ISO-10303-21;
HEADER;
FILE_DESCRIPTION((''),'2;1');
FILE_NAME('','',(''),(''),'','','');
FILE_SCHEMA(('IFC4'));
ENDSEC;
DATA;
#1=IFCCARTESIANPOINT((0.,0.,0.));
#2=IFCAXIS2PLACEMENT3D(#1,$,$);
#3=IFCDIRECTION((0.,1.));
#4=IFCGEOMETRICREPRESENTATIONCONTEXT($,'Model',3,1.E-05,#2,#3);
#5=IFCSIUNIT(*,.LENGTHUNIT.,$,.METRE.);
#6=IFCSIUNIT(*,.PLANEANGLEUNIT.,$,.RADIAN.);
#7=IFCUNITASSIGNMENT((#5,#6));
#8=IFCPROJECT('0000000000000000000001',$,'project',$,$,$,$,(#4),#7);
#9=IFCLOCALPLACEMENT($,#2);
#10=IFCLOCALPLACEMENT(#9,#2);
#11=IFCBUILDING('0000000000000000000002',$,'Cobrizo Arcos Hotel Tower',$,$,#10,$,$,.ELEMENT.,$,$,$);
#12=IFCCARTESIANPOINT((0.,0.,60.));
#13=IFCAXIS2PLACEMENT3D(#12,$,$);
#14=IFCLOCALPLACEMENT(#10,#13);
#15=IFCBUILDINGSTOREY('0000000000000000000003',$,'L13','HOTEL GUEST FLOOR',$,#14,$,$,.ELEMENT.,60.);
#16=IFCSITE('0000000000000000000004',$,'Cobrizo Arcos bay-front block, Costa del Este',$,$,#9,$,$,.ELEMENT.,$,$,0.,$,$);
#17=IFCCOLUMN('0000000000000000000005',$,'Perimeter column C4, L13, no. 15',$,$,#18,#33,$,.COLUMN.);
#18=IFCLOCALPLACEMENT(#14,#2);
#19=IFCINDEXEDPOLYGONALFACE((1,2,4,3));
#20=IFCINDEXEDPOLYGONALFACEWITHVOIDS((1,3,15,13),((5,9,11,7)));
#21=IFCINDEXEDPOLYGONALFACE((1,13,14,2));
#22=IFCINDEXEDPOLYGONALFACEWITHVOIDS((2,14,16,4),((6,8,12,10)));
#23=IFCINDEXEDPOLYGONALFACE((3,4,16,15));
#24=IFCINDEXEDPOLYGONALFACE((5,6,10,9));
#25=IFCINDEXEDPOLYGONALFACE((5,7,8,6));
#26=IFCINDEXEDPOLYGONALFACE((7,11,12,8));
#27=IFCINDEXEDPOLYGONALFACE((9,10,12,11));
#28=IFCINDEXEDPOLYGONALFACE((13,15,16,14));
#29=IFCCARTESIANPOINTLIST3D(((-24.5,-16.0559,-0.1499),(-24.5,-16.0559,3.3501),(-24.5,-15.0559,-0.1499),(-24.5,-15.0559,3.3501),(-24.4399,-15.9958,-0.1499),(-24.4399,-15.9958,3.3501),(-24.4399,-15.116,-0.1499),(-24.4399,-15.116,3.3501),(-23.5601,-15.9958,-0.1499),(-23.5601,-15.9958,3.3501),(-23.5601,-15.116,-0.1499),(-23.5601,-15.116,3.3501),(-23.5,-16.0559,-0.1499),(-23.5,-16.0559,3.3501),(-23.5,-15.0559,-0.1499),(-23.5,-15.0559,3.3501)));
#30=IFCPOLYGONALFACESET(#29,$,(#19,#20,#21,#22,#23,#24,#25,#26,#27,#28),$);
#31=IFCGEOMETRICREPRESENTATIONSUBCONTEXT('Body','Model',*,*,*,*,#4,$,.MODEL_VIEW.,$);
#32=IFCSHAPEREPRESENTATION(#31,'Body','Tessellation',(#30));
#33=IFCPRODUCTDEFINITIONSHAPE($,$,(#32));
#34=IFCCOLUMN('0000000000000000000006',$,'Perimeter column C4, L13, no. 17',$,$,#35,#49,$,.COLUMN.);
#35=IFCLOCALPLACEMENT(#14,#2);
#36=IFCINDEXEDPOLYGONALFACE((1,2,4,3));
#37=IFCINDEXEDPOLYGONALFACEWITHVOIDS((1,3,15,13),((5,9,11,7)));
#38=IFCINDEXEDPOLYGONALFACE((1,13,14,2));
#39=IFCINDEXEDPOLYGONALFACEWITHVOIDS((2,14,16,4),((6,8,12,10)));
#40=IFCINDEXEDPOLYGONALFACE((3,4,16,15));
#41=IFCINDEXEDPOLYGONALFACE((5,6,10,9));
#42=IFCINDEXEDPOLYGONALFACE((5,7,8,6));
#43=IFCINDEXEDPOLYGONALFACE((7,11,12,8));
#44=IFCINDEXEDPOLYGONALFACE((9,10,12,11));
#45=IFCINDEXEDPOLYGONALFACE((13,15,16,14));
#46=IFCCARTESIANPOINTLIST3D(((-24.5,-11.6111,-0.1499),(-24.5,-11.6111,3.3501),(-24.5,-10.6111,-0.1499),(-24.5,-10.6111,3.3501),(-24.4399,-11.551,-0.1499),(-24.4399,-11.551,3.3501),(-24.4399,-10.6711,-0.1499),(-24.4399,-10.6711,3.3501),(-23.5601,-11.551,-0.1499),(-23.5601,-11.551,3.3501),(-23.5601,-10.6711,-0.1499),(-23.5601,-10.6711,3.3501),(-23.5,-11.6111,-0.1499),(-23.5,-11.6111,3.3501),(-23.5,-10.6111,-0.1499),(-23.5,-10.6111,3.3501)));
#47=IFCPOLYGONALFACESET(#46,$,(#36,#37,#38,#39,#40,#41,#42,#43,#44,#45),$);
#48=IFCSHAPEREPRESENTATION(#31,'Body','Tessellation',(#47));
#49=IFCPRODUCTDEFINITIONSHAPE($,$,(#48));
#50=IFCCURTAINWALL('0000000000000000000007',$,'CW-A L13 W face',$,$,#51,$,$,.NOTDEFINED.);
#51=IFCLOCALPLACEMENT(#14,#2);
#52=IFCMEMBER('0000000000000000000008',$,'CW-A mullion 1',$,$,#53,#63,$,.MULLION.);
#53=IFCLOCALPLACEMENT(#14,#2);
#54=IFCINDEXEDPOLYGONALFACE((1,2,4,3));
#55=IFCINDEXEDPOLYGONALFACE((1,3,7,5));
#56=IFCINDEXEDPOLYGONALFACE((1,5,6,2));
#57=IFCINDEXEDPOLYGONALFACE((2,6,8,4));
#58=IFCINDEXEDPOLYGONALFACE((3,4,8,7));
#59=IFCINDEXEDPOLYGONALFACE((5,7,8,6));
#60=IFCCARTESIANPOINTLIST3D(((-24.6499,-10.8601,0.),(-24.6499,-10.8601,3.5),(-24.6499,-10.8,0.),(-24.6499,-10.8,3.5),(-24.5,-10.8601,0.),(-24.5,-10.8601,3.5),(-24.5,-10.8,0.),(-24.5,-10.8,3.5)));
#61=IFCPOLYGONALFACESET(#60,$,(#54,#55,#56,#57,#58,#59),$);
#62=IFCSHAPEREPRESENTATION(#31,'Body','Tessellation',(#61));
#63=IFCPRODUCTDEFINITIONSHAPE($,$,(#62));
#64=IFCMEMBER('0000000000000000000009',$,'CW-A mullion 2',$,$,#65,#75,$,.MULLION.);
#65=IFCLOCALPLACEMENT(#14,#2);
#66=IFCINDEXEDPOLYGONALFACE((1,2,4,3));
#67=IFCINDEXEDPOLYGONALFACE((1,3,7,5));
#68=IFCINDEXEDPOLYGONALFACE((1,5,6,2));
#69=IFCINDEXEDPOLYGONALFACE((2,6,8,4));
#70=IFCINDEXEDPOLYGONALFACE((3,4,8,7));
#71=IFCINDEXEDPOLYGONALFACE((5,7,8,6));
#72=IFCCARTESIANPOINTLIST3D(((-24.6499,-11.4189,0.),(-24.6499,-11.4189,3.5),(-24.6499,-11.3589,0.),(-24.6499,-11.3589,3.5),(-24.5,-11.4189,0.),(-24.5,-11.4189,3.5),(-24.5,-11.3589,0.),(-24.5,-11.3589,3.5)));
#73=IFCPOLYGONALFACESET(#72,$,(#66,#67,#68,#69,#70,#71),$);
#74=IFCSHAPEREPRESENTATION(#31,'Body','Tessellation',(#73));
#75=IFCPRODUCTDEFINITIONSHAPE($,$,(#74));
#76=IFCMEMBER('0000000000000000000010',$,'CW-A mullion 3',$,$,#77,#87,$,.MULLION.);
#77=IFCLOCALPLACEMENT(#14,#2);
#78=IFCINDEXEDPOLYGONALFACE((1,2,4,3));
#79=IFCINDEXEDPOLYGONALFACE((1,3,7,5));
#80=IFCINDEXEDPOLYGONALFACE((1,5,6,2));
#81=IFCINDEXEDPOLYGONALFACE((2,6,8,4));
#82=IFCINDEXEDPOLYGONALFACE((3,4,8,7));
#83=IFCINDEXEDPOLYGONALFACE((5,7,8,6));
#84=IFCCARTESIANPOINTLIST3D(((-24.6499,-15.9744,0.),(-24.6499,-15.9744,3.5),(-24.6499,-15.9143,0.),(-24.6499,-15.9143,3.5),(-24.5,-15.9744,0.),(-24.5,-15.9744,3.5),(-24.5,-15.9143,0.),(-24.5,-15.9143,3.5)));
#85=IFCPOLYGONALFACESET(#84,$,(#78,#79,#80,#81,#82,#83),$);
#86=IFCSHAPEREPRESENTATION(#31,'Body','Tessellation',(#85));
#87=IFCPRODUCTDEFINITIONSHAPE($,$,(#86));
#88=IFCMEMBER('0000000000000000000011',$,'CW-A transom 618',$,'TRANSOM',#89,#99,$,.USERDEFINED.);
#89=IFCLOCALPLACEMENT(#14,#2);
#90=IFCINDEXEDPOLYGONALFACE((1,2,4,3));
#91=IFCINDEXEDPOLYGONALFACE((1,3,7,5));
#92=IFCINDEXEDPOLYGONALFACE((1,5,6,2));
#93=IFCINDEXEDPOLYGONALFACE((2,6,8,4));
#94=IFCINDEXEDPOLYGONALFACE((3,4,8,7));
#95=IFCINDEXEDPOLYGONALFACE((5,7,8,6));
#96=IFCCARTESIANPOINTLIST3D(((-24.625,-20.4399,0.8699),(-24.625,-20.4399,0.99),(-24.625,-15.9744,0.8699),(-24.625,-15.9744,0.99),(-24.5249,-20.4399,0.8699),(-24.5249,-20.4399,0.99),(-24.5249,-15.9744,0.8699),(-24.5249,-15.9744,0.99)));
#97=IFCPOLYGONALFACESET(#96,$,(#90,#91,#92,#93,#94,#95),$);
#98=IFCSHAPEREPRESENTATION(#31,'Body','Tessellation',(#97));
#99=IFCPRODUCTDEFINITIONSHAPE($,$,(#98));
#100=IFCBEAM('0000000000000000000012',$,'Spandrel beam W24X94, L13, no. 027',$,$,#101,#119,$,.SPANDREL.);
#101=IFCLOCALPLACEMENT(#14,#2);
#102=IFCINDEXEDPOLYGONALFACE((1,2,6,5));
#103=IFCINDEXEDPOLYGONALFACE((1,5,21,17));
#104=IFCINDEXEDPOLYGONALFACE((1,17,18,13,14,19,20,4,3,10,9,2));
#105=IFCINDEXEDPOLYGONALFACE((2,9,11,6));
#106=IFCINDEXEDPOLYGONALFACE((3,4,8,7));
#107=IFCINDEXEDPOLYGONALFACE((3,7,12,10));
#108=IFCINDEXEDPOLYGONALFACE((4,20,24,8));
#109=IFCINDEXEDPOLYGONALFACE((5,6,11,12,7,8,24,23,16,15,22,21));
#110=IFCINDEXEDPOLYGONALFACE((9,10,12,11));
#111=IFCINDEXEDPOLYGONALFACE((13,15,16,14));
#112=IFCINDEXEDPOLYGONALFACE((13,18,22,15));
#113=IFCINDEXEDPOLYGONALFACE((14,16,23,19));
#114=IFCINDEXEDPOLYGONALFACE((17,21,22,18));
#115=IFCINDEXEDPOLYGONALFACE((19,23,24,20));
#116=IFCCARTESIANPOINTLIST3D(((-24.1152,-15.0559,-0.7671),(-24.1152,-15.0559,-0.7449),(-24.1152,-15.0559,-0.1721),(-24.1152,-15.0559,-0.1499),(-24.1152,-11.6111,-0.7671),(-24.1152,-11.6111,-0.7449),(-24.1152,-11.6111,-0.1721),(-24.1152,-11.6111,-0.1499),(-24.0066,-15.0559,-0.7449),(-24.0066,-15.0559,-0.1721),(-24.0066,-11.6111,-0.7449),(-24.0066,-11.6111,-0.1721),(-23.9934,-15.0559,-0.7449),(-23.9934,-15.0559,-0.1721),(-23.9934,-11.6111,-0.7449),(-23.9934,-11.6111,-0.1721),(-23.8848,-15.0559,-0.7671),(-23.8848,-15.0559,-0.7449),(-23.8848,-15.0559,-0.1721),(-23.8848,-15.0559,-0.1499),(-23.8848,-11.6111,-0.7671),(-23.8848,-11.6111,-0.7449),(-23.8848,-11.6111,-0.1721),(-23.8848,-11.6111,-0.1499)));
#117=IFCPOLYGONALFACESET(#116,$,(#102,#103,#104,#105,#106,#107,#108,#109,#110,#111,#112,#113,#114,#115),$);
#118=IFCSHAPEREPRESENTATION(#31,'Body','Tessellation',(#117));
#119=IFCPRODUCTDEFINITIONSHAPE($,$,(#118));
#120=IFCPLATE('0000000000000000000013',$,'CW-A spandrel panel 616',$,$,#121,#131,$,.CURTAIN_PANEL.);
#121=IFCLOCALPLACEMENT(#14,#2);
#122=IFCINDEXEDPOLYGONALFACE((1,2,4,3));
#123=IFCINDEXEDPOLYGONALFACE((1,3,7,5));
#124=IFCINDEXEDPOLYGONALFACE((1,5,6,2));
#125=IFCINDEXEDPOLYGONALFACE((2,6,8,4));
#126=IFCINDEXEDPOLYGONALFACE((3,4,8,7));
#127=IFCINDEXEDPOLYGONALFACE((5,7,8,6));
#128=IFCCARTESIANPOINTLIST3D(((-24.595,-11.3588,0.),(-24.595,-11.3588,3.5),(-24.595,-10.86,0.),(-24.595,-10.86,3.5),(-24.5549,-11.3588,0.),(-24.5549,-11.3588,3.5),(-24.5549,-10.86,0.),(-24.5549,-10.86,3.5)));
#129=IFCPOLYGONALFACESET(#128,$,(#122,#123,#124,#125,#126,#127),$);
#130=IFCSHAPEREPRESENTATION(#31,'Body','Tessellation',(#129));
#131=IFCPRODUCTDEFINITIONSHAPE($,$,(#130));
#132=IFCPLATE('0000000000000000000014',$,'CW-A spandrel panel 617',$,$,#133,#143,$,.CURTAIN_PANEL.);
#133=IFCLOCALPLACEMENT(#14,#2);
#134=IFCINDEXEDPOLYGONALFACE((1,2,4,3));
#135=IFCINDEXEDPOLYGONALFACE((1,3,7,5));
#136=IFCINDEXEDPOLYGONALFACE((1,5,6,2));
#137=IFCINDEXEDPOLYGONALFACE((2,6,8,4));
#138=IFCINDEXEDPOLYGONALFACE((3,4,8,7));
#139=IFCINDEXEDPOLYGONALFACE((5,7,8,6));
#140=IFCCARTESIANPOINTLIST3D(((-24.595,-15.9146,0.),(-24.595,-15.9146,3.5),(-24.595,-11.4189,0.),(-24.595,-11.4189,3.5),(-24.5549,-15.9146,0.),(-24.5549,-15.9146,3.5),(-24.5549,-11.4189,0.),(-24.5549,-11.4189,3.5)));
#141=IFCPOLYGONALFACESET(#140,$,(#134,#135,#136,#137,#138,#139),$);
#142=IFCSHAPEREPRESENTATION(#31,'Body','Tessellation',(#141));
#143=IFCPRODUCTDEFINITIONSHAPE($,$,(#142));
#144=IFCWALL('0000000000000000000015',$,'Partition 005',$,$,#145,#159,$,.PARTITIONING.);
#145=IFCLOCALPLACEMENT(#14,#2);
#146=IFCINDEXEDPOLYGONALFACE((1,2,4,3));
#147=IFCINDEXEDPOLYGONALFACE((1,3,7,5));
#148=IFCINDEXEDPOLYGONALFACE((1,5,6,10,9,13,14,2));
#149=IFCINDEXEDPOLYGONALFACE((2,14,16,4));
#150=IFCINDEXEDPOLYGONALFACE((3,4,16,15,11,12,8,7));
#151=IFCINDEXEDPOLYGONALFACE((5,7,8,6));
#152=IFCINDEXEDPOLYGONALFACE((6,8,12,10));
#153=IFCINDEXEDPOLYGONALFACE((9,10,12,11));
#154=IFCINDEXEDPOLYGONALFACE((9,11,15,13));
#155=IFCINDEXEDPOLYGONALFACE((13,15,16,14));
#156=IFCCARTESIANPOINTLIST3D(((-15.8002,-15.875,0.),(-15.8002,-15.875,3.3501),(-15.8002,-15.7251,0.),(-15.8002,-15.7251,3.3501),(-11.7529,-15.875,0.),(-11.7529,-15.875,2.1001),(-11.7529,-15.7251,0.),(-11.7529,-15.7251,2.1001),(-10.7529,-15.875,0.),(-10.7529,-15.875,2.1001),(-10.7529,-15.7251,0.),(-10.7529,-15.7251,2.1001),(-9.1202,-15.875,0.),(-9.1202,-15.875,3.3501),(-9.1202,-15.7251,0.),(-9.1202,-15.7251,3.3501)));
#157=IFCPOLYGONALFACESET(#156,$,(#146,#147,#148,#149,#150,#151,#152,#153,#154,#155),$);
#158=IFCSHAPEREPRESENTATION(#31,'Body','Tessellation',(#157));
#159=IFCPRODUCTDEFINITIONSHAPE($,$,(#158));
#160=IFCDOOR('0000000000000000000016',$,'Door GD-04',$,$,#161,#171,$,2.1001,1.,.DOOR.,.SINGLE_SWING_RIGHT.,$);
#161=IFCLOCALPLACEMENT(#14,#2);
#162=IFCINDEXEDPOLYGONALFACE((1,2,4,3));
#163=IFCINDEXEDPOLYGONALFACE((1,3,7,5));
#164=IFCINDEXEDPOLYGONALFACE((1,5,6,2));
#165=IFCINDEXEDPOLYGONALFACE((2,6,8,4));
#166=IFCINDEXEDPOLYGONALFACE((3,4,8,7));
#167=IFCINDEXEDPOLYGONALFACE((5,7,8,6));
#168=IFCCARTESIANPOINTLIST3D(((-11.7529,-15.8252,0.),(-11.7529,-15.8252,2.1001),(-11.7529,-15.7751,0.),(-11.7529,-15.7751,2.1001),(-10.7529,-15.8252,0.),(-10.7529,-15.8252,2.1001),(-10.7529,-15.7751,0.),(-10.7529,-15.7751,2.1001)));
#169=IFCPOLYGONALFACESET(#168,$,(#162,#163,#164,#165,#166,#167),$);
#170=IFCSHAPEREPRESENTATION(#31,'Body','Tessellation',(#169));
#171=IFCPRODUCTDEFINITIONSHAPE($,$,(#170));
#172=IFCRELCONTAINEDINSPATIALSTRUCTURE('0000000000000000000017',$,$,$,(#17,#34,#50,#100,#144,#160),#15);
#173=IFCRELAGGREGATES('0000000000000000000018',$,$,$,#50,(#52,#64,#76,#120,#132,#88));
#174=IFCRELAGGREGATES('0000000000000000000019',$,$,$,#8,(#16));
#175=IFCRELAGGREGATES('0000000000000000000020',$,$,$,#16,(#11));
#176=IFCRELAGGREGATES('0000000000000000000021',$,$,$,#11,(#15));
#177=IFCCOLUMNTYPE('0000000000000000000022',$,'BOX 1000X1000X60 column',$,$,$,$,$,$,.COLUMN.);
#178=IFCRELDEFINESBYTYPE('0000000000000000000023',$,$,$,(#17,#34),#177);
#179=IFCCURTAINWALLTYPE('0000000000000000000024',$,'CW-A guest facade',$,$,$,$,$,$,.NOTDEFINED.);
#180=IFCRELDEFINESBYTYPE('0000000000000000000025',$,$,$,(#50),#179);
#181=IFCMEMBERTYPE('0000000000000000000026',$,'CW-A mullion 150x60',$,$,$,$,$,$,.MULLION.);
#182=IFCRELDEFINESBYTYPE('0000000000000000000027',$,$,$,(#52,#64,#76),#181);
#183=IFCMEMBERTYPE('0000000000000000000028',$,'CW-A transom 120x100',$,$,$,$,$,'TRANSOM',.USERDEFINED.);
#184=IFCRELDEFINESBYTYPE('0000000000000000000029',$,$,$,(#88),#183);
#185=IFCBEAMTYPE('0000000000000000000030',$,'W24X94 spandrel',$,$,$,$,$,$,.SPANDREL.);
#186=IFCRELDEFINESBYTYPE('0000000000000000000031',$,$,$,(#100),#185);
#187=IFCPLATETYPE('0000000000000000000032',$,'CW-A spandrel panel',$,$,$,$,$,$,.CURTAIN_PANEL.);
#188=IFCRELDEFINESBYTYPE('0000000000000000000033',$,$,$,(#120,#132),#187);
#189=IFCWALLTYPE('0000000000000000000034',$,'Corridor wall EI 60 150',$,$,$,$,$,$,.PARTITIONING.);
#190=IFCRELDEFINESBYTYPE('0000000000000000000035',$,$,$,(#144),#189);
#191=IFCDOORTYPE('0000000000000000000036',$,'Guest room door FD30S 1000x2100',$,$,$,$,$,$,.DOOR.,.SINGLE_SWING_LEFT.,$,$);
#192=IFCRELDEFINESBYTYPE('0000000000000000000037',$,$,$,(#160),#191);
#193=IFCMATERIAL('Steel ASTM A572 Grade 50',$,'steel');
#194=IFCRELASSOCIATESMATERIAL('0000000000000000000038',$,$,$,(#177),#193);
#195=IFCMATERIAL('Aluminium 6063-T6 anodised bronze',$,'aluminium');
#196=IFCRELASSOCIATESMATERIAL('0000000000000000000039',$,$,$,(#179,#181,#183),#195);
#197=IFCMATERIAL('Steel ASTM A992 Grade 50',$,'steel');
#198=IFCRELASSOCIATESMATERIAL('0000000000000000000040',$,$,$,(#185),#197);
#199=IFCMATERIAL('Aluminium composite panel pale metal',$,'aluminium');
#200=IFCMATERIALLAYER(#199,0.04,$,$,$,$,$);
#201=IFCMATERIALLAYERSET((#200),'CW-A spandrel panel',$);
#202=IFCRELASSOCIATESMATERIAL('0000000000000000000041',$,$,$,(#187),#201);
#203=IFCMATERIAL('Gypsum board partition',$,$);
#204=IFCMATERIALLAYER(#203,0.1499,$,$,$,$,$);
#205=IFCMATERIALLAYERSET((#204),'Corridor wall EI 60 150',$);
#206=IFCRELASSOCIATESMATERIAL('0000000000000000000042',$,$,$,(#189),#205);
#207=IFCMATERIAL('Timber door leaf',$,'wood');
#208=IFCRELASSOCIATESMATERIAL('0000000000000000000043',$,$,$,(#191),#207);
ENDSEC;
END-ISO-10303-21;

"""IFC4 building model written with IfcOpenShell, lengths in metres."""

from ifc_helpers import new_model, si_unit, direction, frame, frame_2d, origin, origin_2d, place, context, subcontext, project, spatial, rectangle, hollow_rectangle, i_section, extrude, material, layer, layer_set, material_profile, profile_set, type_object, element, fill, aggregate, save


model = new_model("IFC4")

# Units and contexts
model_context = context("Model", 3, precision=1e-05, world=origin(), true_north=direction((0.0, 1.0)))
body_context = subcontext(model_context, "Body", "Model", "MODEL_VIEW")
ifc_project = project(units=[si_unit("LENGTHUNIT", "METRE"), si_unit("PLANEANGLEUNIT", "RADIAN")], contexts=[model_context])

# Site, building, storey
site_placement = place(None, origin())
site = spatial("IfcSite", under=ifc_project, at=site_placement, Name="Cobrizo Arcos bay-front block, Costa del Este", CompositionType="ELEMENT", RefElevation=0.0)
building_placement = place(site_placement, origin())
building = spatial("IfcBuilding", under=site, at=building_placement, Name="Cobrizo Arcos Hotel Tower", CompositionType="ELEMENT")
storey_placement = place(building_placement, frame((0.0, 0.0, 60.0)))
storey = spatial("IfcBuildingStorey", under=building, at=storey_placement, Name="L13", Description="HOTEL GUEST FLOOR", CompositionType="ELEMENT", Elevation=60.0)

# Columns
ifc_material_1 = material(Name="Steel ASTM A572 Grade 50", Category="steel")
ifc_material_profile_1 = material_profile(ifc_material_1, hollow_rectangle(XDim=1.0, YDim=1.0, WallThickness=0.0601, at=origin_2d()), Name="BOX 1000X1000X60")
ifc_profile_set_1 = profile_set([ifc_material_profile_1], Name="Steel ASTM A572 Grade 50")
column_type = type_object("IfcColumnType", Name="BOX 1000X1000X60 column", PredefinedType="COLUMN", material=ifc_profile_set_1)
for number, where, z_axis, x_axis, name in (
    (1, (-24.0, -15.5559, -0.1499), (0.0, 0.0, 1.0), (1.0, 0.0, 0.0), "Perimeter column C4, L13, no. 15"),
    (2, (-24.0, -11.1111, -0.1499), (0.0, 0.0, 1.0), (1.0, 0.0, 0.0), "Perimeter column C4, L13, no. 17"),
):
    element("IfcColumn", number, at=place(storey_placement, frame(where, z_axis=z_axis, x_axis=x_axis)), inside=storey, type_object=column_type, Name=name, PredefinedType="COLUMN", context=body_context, shape_type="SweptSolid", body=[
        extrude(hollow_rectangle(XDim=1.0, YDim=1.0, WallThickness=0.0601, at=origin_2d()), origin(), (0.0, 0.0, 1.0), 3.5),
    ])

# Curtain wall, members
ifc_material_2 = material(Name="Aluminium 6063-T6 anodised bronze", Category="aluminium")
curtain_wall_type = type_object("IfcCurtainWallType", Name="CW-A guest facade", PredefinedType="NOTDEFINED", material=ifc_material_2)
curtain_wall_placement = place(storey_placement, origin())
curtain_wall = element("IfcCurtainWall", 3, at=curtain_wall_placement, inside=storey, type_object=curtain_wall_type, Name="CW-A L13 W face", PredefinedType="NOTDEFINED")
ifc_material_profile_2 = material_profile(ifc_material_2, rectangle(XDim=0.1499, YDim=0.0601, at=origin_2d()), Name="CW-A mullion 150x60")
ifc_profile_set_2 = profile_set([ifc_material_profile_2], Name="Aluminium 6063-T6 anodised bronze")
member_type_1 = type_object("IfcMemberType", Name="CW-A mullion 150x60", PredefinedType="MULLION", material=ifc_profile_set_2)
member_1_placement = place(storey_placement, frame((-24.575, -10.8301, 0.0), z_axis=(0.0, 0.0, 1.0), x_axis=(-1.0, 0.0, 0.0)))
member_1 = element("IfcMember", 4, at=member_1_placement, type_object=member_type_1, Name="CW-A mullion 1", PredefinedType="MULLION", context=body_context, shape_type="SweptSolid", body=[
    extrude(rectangle(XDim=0.1499, YDim=0.0601, at=origin_2d()), origin(), (0.0, 0.0, 1.0), 3.5),
])
member_2_placement = place(storey_placement, frame((-24.575, -11.3889, 0.0), z_axis=(0.0, 0.0, 1.0), x_axis=(-1.0, 0.0, 0.0)))
member_2 = element("IfcMember", 5, at=member_2_placement, type_object=member_type_1, Name="CW-A mullion 2", PredefinedType="MULLION", context=body_context, shape_type="SweptSolid", body=[
    extrude(rectangle(XDim=0.1499, YDim=0.0601, at=origin_2d()), origin(), (0.0, 0.0, 1.0), 3.5),
])
member_3_placement = place(storey_placement, frame((-24.575, -15.9443, 0.0), z_axis=(0.0, 0.0, 1.0), x_axis=(-1.0, 0.0, 0.0)))
member_3 = element("IfcMember", 6, at=member_3_placement, type_object=member_type_1, Name="CW-A mullion 3", PredefinedType="MULLION", context=body_context, shape_type="SweptSolid", body=[
    extrude(rectangle(XDim=0.1499, YDim=0.0601, at=origin_2d()), origin(), (0.0, 0.0, 1.0), 3.5),
])
ifc_material_profile_3 = material_profile(ifc_material_2, rectangle(XDim=0.1001, YDim=0.1201, at=origin_2d()), Name="CW-A transom 120x100")
ifc_profile_set_3 = profile_set([ifc_material_profile_3], Name="Aluminium 6063-T6 anodised bronze")
member_type_2 = type_object("IfcMemberType", Name="CW-A transom 120x100", ElementType="TRANSOM", PredefinedType="USERDEFINED", material=ifc_profile_set_3)
member_4_placement = place(storey_placement, frame((-24.575, -15.9744, 0.9299), z_axis=(0.0, -1.0, 0.0), x_axis=(1.0, 0.0, 0.0)))
member_4 = element("IfcMember", 7, at=member_4_placement, type_object=member_type_2, Name="CW-A transom 618", ObjectType="TRANSOM", PredefinedType="USERDEFINED", context=body_context, shape_type="SweptSolid", body=[
    extrude(rectangle(XDim=0.1001, YDim=0.1201, at=origin_2d()), origin(), (0.0, 0.0, 1.0), 4.4656),
])

# Beam
ifc_material_3 = material(Name="Steel ASTM A992 Grade 50", Category="steel")
ifc_material_profile_4 = material_profile(ifc_material_3, i_section(OverallWidth=0.2305, OverallDepth=0.6172, WebThickness=0.0132, FlangeThickness=0.0222, at=origin_2d()), Name="W24X94")
ifc_profile_set_4 = profile_set([ifc_material_profile_4], Name="Steel ASTM A992 Grade 50")
beam_type = type_object("IfcBeamType", Name="W24X94 spandrel", PredefinedType="SPANDREL", material=ifc_profile_set_4)
beam_placement = place(storey_placement, frame((-24.0, -11.6111, -0.4585), z_axis=(0.0, -1.0, 0.0), x_axis=(1.0, 0.0, 0.0)))
element("IfcBeam", 8, at=beam_placement, inside=storey, type_object=beam_type, Name="Spandrel beam W24X94, L13, no. 027", PredefinedType="SPANDREL", context=body_context, shape_type="SweptSolid", body=[
    extrude(i_section(OverallWidth=0.2305, OverallDepth=0.6172, WebThickness=0.0132, FlangeThickness=0.0222, at=origin_2d()), origin(), (0.0, 0.0, 1.0), 3.4448),
])

# Plates
ifc_material_4 = material(Name="Aluminium composite panel pale metal", Category="aluminium")
ifc_layer_1 = layer(ifc_material_4, 0.04)
ifc_layer_set_1 = layer_set([ifc_layer_1], Name="CW-A spandrel panel")
plate_type = type_object("IfcPlateType", Name="CW-A spandrel panel", PredefinedType="CURTAIN_PANEL", material=ifc_layer_set_1)
plate_1_placement = place(storey_placement, frame((-24.575, -11.1094, 0.0), z_axis=(0.0, 0.0, 1.0), x_axis=(0.0, -1.0, 0.0)))
plate_1 = element("IfcPlate", 9, at=plate_1_placement, type_object=plate_type, Name="CW-A spandrel panel 616", PredefinedType="CURTAIN_PANEL", context=body_context, shape_type="SweptSolid", body=[
    extrude(rectangle(XDim=0.4988, YDim=0.04, at=origin_2d()), origin(), (0.0, 0.0, 1.0), 3.5),
])
plate_2_placement = place(storey_placement, frame((-24.575, -13.6667, 0.0), z_axis=(0.0, 0.0, 1.0), x_axis=(0.0, -1.0, 0.0)))
plate_2 = element("IfcPlate", 10, at=plate_2_placement, type_object=plate_type, Name="CW-A spandrel panel 617", PredefinedType="CURTAIN_PANEL", context=body_context, shape_type="SweptSolid", body=[
    extrude(rectangle(XDim=4.4956, YDim=0.04, at=origin_2d()), origin(), (0.0, 0.0, 1.0), 3.5),
])
aggregate(curtain_wall, [member_1, member_2, member_3, plate_1, plate_2, member_4])

# Wall, opening, door
ifc_material_5 = material(Name="Gypsum board partition")
ifc_layer_2 = layer(ifc_material_5, 0.1499)
ifc_layer_set_2 = layer_set([ifc_layer_2], Name="Corridor wall EI 60 150")
wall_type_1 = type_object("IfcWallType", Name="Corridor wall EI 60 150", PredefinedType="PARTITIONING", material=ifc_layer_set_2)
wall_1_placement = place(storey_placement, frame((-15.8, -15.8, 0.0), z_axis=(0.0, 0.0, 1.0), x_axis=(1.0, 0.0, 0.0)))
wall_1 = element("IfcWall", 11, at=wall_1_placement, inside=storey, type_object=wall_type_1, Name="Partition 005", PredefinedType="PARTITIONING", context=body_context, shape_type="SweptSolid", body=[
    extrude(rectangle(XDim=6.6799, YDim=0.1499, at=frame_2d((3.3398, 0.0))), origin(), (0.0, 0.0, 1.0), 3.3501),
])
opening_1_placement = place(wall_1_placement, frame((4.0471, 0.0, 0.0)))
opening_1 = element("IfcOpeningElement", 12, at=opening_1_placement, cuts=wall_1, PredefinedType="OPENING", context=body_context, shape_type="SweptSolid", body=[
    extrude(rectangle(XDim=1.0, YDim=2.1001, at=frame_2d((0.5, 1.05))), frame((0.0, 0.0869, 0.0), z_axis=(0.0, -1.0, 0.0), x_axis=(1.0, 0.0, 0.0)), (0.0, 0.0, 1.0), 0.1738),
])
ifc_material_6 = material(Name="Timber door leaf", Category="wood")
door_type_1 = type_object("IfcDoorType", Name="Guest room door FD30S 1000x2100", OperationType="SINGLE_SWING_LEFT", PredefinedType="DOOR", material=ifc_material_6)
door_1_placement = place(opening_1_placement, origin())
door_1 = element("IfcDoor", 13, at=door_1_placement, inside=storey, type_object=door_type_1, Name="Door GD-04", OperationType="SINGLE_SWING_RIGHT", OverallHeight=2.1001, OverallWidth=1.0, PredefinedType="DOOR", context=body_context, shape_type="SweptSolid", body=[
    extrude(rectangle(XDim=1.0, YDim=2.1001, at=frame_2d((0.5, 1.05))), frame((0.0, 0.0249, 0.0), z_axis=(0.0, -1.0, 0.0), x_axis=(1.0, 0.0, 0.0)), (0.0, 0.0, 1.0), 0.05),
])
fill(opening_1, door_1)

save(model, "model.ifc")
